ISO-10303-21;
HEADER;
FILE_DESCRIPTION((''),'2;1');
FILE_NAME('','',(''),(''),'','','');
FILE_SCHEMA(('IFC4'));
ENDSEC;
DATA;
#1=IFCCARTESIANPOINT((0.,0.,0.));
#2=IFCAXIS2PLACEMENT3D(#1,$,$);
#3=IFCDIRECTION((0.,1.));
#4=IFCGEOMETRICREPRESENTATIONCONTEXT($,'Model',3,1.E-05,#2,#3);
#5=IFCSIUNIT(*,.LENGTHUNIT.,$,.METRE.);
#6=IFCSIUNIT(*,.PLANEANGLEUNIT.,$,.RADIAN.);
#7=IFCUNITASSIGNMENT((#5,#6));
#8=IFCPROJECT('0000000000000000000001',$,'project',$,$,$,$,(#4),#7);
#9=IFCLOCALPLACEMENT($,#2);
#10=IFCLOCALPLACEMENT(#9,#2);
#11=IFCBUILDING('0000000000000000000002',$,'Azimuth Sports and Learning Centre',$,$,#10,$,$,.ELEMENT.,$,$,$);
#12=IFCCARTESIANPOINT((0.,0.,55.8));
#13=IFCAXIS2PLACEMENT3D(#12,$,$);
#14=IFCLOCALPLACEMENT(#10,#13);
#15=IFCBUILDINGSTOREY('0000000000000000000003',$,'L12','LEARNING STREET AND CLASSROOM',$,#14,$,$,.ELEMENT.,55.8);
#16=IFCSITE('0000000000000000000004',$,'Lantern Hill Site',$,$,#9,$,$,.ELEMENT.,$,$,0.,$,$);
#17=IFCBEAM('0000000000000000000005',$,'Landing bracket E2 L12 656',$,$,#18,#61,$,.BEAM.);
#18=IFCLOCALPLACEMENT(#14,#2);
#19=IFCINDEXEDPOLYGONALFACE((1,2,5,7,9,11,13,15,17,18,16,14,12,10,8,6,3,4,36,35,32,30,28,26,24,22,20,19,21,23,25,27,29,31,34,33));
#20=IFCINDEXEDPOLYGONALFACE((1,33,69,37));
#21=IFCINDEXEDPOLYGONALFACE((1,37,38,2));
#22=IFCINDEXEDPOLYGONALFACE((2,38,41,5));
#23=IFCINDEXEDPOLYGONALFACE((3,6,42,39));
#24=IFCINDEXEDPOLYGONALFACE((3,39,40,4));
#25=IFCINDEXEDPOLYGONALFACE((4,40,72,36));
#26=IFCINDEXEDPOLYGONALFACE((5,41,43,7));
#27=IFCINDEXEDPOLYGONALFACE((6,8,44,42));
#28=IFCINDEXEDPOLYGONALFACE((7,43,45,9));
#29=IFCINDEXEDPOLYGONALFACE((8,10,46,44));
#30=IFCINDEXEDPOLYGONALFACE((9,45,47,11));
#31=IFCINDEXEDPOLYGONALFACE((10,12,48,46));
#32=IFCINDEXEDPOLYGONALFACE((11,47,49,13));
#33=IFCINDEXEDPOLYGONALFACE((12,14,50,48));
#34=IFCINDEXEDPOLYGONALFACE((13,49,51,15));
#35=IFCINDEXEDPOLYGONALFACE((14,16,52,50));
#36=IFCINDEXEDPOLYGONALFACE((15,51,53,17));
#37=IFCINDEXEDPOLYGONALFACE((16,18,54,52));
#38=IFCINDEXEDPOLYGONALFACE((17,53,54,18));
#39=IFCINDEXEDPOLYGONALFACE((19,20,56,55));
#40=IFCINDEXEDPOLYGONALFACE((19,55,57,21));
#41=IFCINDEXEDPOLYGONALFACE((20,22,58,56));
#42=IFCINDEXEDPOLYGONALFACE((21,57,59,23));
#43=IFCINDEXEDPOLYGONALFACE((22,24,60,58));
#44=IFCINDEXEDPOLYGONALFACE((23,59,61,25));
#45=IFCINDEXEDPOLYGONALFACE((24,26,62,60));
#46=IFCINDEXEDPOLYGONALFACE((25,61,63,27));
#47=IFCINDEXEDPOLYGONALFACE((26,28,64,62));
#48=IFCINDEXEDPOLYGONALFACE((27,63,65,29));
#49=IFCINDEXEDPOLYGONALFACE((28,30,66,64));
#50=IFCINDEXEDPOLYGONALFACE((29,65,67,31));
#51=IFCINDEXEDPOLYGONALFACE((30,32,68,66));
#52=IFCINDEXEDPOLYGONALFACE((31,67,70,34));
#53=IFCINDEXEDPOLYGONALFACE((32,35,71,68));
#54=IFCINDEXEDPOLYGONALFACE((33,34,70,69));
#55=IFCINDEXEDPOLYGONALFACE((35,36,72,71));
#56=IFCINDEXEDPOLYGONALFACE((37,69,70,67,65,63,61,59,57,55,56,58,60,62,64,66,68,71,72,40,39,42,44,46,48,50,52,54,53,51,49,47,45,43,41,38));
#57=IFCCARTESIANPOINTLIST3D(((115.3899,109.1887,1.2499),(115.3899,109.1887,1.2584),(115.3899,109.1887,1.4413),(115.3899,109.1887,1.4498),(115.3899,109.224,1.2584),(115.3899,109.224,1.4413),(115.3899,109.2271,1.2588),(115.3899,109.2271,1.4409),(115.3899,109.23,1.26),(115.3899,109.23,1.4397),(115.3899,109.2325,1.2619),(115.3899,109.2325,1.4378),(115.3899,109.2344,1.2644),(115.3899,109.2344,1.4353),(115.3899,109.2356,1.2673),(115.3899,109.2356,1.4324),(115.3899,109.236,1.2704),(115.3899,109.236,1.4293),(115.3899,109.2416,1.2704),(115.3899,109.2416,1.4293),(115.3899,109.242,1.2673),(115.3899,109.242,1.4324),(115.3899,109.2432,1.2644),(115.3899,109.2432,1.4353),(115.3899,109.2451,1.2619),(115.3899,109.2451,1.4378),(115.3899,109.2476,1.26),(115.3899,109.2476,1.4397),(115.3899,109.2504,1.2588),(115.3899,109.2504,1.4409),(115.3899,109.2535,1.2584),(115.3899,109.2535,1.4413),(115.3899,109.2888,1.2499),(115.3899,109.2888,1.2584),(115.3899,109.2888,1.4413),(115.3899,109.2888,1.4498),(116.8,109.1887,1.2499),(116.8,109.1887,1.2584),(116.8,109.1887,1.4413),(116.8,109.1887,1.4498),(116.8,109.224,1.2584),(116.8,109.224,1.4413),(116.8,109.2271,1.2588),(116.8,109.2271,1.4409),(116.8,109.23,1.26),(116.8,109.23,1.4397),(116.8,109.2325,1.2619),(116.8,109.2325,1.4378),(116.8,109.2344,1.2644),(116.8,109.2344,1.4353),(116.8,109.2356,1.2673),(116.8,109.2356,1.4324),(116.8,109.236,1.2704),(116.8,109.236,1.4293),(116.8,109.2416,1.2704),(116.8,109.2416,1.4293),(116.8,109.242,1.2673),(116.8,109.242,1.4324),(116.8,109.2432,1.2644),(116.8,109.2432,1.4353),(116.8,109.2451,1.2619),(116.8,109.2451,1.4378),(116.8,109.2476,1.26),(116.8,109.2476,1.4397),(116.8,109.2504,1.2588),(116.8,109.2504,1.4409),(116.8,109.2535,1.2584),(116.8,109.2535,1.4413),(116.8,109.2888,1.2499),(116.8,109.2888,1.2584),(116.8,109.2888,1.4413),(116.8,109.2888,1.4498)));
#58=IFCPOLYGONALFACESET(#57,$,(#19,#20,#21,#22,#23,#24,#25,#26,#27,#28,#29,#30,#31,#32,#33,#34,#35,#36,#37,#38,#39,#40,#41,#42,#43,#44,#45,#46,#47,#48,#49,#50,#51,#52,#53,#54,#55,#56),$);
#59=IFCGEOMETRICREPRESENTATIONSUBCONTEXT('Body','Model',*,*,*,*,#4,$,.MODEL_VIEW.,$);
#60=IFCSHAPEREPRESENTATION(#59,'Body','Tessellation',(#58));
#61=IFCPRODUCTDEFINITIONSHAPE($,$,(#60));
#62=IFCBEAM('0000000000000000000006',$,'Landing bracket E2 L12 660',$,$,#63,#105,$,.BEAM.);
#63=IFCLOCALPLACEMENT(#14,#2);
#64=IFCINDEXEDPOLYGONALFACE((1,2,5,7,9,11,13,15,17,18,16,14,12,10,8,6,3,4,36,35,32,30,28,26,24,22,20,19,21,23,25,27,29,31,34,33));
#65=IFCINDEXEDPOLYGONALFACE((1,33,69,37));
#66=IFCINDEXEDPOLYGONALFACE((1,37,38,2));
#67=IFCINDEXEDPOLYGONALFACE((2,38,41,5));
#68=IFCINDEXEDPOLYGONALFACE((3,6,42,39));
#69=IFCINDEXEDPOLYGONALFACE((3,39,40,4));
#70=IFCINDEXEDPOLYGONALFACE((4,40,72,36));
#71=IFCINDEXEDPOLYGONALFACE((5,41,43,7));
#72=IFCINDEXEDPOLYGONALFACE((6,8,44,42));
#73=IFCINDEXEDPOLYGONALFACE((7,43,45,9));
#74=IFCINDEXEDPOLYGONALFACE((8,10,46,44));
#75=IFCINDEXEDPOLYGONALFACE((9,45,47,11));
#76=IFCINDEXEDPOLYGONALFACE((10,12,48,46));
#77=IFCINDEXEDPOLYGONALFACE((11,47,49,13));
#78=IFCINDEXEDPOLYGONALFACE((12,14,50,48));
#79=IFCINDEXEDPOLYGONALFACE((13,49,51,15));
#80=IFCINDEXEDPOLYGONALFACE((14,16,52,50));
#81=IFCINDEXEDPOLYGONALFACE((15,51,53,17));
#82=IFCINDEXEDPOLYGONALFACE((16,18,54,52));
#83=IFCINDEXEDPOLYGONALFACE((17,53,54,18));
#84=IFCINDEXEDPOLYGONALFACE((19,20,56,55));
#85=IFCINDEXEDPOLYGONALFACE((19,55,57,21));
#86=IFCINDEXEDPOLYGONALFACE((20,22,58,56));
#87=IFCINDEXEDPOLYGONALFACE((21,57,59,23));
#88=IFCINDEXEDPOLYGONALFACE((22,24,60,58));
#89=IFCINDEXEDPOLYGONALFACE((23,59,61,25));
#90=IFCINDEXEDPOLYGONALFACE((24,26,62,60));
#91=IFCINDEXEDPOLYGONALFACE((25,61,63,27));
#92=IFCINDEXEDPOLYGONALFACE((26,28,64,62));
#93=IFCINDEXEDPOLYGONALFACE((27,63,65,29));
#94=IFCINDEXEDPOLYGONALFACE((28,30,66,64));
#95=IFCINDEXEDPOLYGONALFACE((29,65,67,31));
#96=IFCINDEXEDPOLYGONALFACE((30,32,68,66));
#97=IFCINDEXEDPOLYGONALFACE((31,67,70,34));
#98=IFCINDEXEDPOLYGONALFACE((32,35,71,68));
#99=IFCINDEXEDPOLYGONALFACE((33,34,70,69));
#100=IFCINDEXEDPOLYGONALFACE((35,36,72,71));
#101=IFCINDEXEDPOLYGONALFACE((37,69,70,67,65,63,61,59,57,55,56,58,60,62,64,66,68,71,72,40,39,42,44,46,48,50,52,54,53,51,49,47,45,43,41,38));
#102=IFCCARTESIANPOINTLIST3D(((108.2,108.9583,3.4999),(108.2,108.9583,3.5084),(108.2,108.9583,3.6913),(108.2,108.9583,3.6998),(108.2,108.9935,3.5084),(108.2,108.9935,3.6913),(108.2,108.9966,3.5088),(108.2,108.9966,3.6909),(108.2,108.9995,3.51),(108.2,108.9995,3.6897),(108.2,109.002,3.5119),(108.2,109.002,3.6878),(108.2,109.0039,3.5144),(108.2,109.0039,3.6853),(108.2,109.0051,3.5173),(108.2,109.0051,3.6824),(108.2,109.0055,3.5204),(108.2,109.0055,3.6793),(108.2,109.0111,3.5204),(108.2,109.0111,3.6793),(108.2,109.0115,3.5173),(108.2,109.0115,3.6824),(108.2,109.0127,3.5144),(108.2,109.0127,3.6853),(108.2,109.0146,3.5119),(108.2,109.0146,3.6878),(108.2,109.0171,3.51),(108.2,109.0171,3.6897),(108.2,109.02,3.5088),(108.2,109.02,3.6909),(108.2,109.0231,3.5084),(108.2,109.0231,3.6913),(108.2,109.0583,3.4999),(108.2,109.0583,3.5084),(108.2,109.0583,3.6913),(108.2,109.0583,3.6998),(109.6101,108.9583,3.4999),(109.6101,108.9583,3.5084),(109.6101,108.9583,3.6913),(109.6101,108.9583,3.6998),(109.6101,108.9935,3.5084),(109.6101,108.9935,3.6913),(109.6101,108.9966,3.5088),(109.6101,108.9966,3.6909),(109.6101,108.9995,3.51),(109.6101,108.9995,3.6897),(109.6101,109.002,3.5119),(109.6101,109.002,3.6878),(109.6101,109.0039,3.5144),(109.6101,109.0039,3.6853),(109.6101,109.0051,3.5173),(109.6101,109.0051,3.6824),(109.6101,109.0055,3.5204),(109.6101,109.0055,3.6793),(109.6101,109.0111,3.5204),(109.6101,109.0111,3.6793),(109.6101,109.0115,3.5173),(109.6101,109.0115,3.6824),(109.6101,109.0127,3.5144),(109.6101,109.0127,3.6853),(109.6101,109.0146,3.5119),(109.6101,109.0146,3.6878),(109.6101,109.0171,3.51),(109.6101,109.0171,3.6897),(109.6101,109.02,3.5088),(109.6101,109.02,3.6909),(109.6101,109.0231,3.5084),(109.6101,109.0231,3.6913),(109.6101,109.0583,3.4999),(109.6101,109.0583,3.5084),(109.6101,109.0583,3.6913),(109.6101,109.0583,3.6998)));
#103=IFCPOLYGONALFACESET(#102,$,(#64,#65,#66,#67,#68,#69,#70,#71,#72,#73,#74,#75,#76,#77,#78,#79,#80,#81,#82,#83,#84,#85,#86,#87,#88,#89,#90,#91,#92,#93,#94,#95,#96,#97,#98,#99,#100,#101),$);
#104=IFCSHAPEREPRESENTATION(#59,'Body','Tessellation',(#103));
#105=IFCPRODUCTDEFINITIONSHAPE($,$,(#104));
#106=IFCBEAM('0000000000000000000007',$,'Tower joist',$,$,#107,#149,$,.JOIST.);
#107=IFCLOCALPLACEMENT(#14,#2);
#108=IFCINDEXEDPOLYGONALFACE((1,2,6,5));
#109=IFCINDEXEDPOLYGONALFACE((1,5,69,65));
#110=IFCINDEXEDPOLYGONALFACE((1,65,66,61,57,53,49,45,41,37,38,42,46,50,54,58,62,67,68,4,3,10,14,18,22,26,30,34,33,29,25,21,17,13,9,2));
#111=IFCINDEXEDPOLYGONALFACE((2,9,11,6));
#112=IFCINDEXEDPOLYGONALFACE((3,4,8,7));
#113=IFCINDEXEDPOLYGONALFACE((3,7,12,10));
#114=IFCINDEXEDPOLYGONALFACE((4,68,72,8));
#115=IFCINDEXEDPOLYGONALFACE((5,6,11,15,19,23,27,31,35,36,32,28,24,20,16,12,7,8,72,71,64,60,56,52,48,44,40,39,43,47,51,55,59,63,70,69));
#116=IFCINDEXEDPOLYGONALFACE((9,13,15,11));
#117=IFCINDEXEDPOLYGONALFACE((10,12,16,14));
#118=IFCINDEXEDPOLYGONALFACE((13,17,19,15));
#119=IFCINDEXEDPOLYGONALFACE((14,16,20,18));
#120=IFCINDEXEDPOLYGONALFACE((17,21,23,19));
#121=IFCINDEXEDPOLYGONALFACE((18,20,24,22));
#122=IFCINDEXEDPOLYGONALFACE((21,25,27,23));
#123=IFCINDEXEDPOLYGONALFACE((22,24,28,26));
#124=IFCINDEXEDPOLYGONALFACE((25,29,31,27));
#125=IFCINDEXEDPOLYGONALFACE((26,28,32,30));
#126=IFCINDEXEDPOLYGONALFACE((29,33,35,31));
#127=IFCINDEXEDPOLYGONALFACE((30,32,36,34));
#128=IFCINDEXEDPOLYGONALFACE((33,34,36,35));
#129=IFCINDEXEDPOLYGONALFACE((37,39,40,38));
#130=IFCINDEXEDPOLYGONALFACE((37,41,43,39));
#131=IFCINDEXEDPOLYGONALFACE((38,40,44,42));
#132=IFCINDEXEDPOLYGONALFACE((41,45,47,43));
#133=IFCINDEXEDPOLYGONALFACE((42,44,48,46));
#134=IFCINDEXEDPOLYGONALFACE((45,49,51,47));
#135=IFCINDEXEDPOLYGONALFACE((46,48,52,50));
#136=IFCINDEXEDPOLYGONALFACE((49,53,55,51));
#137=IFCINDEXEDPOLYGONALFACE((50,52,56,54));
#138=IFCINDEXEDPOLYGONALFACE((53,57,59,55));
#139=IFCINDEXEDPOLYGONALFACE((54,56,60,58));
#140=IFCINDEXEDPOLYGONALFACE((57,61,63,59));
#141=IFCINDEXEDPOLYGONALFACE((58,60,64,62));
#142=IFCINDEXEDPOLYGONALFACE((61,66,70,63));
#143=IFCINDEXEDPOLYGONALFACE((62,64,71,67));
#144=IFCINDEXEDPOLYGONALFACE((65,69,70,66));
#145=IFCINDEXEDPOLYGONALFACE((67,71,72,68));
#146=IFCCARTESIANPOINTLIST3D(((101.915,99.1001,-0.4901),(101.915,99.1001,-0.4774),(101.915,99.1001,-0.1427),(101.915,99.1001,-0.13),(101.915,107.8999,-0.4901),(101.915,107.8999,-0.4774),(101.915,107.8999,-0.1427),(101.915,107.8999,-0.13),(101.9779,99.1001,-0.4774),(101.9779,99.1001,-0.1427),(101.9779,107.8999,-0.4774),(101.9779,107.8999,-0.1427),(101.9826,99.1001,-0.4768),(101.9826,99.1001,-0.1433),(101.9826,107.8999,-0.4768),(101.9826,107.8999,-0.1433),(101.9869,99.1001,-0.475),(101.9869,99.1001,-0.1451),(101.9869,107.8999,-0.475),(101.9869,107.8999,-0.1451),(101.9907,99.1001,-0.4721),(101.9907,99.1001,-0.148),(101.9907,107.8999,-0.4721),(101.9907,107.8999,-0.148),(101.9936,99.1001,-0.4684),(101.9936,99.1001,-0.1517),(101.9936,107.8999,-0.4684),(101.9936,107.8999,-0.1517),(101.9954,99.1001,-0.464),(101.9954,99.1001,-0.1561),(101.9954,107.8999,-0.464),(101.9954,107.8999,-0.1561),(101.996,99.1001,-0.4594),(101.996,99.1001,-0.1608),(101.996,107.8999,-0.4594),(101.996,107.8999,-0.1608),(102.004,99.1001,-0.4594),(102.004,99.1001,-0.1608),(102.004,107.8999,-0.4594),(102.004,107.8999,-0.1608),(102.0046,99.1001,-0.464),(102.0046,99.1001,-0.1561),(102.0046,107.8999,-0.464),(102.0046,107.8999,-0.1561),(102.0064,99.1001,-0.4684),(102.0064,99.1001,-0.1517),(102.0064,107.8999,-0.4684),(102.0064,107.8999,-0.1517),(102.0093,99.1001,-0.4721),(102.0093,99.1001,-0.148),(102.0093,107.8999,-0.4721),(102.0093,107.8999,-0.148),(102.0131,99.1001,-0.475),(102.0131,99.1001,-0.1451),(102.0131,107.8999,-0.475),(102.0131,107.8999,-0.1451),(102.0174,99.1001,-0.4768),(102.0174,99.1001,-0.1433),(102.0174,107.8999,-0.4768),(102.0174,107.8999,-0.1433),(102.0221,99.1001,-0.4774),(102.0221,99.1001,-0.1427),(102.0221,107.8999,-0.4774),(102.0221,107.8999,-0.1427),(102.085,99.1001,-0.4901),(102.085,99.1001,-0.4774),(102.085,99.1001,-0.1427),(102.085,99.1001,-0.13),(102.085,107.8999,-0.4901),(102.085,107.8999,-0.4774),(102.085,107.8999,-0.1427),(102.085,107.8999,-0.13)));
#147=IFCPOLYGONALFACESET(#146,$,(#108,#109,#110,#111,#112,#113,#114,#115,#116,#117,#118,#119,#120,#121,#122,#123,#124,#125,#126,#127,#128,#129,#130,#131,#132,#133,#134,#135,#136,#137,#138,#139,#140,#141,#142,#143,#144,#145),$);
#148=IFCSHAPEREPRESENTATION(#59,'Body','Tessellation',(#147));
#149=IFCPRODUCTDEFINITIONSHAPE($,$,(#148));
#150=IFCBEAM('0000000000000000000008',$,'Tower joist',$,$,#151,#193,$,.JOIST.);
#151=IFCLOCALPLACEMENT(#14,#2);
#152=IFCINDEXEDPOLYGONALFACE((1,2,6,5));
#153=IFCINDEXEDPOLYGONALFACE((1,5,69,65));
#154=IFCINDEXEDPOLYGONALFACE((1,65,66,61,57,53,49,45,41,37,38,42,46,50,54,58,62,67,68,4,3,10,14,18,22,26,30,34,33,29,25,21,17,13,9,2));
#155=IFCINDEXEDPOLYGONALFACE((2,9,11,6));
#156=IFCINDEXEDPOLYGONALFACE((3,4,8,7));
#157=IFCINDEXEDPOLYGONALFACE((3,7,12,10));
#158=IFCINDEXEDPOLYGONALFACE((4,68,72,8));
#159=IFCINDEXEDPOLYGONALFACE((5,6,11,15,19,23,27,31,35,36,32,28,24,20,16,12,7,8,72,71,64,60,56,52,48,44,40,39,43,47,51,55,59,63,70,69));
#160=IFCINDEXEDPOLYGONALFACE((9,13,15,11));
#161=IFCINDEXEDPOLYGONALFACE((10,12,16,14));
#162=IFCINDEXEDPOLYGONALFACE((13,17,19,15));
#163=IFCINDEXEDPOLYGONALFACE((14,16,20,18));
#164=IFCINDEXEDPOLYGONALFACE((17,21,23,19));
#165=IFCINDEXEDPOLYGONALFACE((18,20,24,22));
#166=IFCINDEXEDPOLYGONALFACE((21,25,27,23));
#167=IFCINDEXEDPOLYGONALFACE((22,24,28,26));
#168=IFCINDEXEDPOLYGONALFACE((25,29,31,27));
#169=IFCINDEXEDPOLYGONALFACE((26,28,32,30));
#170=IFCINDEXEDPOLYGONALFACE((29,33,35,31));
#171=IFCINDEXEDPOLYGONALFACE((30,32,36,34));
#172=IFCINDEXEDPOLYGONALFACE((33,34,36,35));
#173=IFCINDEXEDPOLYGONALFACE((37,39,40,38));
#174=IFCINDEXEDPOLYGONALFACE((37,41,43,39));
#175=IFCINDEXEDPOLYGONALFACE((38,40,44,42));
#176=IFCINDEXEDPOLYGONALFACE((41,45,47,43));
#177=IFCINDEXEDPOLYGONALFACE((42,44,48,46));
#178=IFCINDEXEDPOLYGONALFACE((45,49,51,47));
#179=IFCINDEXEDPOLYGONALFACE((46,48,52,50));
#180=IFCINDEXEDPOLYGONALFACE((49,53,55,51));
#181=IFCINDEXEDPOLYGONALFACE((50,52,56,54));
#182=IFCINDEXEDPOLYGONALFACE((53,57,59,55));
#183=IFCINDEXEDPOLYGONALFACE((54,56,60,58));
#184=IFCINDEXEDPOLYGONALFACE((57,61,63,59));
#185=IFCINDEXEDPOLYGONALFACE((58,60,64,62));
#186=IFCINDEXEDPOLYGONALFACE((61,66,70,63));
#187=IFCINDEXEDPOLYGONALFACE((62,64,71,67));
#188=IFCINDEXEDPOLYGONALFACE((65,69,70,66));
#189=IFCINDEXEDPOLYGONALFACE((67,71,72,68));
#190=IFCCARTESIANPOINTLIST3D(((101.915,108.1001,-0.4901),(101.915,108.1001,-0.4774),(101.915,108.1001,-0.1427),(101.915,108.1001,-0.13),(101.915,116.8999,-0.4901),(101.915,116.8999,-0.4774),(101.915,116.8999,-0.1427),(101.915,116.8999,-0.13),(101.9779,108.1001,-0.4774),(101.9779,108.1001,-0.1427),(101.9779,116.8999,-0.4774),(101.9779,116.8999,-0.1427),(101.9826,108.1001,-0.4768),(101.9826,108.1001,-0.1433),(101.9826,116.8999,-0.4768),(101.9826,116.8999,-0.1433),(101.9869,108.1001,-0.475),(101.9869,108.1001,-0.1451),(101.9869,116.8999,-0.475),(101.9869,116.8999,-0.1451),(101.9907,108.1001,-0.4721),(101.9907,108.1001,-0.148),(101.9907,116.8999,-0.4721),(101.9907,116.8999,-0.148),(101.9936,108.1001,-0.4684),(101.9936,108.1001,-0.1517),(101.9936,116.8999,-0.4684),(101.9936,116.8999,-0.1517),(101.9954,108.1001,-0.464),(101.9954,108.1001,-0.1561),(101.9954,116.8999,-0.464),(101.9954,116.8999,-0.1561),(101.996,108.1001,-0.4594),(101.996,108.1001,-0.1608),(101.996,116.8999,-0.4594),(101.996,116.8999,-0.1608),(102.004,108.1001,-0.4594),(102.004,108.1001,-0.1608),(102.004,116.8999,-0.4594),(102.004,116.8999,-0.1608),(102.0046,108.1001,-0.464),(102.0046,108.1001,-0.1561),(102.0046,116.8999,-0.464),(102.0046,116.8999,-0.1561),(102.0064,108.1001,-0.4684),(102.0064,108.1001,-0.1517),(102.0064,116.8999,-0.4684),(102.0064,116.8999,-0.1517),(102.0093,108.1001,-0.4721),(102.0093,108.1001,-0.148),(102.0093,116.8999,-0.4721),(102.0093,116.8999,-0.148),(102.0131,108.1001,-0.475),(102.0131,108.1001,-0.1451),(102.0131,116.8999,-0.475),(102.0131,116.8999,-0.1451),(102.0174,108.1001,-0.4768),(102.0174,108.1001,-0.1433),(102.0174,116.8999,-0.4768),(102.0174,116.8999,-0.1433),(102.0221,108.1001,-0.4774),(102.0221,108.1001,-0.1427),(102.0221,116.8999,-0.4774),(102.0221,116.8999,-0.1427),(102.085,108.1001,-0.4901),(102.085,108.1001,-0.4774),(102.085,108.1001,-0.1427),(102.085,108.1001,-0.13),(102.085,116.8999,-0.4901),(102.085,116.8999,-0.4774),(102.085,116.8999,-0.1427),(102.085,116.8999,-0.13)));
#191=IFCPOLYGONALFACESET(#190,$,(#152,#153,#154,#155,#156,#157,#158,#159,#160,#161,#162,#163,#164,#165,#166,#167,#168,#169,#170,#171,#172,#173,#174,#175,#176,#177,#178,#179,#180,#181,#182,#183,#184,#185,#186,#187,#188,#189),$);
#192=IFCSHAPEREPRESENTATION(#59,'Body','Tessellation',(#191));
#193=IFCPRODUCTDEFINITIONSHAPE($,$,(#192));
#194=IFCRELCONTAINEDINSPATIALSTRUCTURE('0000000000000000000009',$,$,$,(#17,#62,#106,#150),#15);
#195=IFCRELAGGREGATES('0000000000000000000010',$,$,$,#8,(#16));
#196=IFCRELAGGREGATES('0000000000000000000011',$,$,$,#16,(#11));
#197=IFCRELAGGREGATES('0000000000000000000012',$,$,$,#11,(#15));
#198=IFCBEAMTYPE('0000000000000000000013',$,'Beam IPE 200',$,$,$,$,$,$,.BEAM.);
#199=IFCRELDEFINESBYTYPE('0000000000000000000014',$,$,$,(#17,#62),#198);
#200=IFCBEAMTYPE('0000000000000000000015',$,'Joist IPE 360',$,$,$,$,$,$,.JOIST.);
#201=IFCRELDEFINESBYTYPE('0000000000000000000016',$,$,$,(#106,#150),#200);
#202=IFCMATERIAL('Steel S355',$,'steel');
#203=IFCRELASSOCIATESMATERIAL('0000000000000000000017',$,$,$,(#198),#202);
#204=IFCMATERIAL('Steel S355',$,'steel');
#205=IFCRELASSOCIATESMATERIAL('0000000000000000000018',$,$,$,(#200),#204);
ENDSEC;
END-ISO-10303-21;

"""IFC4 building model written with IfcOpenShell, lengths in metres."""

from ifc_helpers import new_model, si_unit, direction, frame, origin, origin_2d, place, context, subcontext, project, spatial, i_section, extrude, material, material_profile, profile_set, type_object, element, save


model = new_model("IFC4")

# Units and contexts
model_context = context("Model", 3, precision=1e-05, world=origin(), true_north=direction((0.0, 1.0)))
body_context = subcontext(model_context, "Body", "Model", "MODEL_VIEW")
ifc_project = project(units=[si_unit("LENGTHUNIT", "METRE"), si_unit("PLANEANGLEUNIT", "RADIAN")], contexts=[model_context])

# Site, building, storey
site_placement = place(None, origin())
site = spatial("IfcSite", under=ifc_project, at=site_placement, Name="Lantern Hill Site", CompositionType="ELEMENT", RefElevation=0.0)
building_placement = place(site_placement, origin())
building = spatial("IfcBuilding", under=site, at=building_placement, Name="Azimuth Sports and Learning Centre", CompositionType="ELEMENT")
storey_placement = place(building_placement, frame((0.0, 0.0, 55.8)))
storey = spatial("IfcBuildingStorey", under=building, at=storey_placement, Name="L12", Description="LEARNING STREET AND CLASSROOM", CompositionType="ELEMENT", Elevation=55.8)

# Beams
ifc_material_1 = material(Name="Steel S355", Category="steel")
ifc_material_profile_1 = material_profile(ifc_material_1, i_section(OverallWidth=0.1001, OverallDepth=0.2, WebThickness=0.0056, FlangeThickness=0.0085, FilletRadius=0.012, at=origin_2d()), Name="IPE 200")
ifc_profile_set_1 = profile_set([ifc_material_profile_1], Name="Steel S355")
beam_type_1 = type_object("IfcBeamType", Name="Beam IPE 200", PredefinedType="BEAM", material=ifc_profile_set_1)
for number, where, z_axis, x_axis, name in (
    (1, (116.8, 109.2388, 1.3499), (-1.0, 0.0, 0.0), (0.0, -1.0, 0.0), "Landing bracket E2 L12 656"),
    (2, (108.2, 109.0083, 3.5999), (1.0, 0.0, 0.0), (0.0, 1.0, 0.0), "Landing bracket E2 L12 660"),
):
    element("IfcBeam", number, at=place(storey_placement, frame(where, z_axis=z_axis, x_axis=x_axis)), inside=storey, type_object=beam_type_1, Name=name, PredefinedType="BEAM", context=body_context, shape_type="SweptSolid", body=[
        extrude(i_section(OverallWidth=0.1001, OverallDepth=0.2, WebThickness=0.0056, FlangeThickness=0.0085, FilletRadius=0.012, at=origin_2d()), origin(), (0.0, 0.0, 1.0), 1.4102),
    ])
ifc_material_2 = material(Name="Steel S355", Category="steel")
ifc_material_profile_2 = material_profile(ifc_material_2, i_section(OverallWidth=0.1699, OverallDepth=0.3601, WebThickness=0.0081, FlangeThickness=0.0127, FilletRadius=0.0181, at=origin_2d()), Name="IPE 360")
ifc_profile_set_2 = profile_set([ifc_material_profile_2], Name="Steel S355")
beam_type_2 = type_object("IfcBeamType", Name="Joist IPE 360", PredefinedType="JOIST", material=ifc_profile_set_2)
for number, where, z_axis, x_axis, name in (
    (3, (102.0, 99.1001, -0.3101), (0.0, 1.0, 0.0), (-1.0, 0.0, 0.0), "Tower joist"),
    (4, (102.0, 108.1001, -0.3101), (0.0, 1.0, 0.0), (-1.0, 0.0, 0.0), "Tower joist"),
):
    element("IfcBeam", number, at=place(storey_placement, frame(where, z_axis=z_axis, x_axis=x_axis)), inside=storey, type_object=beam_type_2, Name=name, PredefinedType="JOIST", context=body_context, shape_type="SweptSolid", body=[
        extrude(i_section(OverallWidth=0.1699, OverallDepth=0.3601, WebThickness=0.0081, FlangeThickness=0.0127, FilletRadius=0.0181, at=origin_2d()), origin(), (0.0, 0.0, 1.0), 8.7998),
    ])

save(model, "model.ifc")
